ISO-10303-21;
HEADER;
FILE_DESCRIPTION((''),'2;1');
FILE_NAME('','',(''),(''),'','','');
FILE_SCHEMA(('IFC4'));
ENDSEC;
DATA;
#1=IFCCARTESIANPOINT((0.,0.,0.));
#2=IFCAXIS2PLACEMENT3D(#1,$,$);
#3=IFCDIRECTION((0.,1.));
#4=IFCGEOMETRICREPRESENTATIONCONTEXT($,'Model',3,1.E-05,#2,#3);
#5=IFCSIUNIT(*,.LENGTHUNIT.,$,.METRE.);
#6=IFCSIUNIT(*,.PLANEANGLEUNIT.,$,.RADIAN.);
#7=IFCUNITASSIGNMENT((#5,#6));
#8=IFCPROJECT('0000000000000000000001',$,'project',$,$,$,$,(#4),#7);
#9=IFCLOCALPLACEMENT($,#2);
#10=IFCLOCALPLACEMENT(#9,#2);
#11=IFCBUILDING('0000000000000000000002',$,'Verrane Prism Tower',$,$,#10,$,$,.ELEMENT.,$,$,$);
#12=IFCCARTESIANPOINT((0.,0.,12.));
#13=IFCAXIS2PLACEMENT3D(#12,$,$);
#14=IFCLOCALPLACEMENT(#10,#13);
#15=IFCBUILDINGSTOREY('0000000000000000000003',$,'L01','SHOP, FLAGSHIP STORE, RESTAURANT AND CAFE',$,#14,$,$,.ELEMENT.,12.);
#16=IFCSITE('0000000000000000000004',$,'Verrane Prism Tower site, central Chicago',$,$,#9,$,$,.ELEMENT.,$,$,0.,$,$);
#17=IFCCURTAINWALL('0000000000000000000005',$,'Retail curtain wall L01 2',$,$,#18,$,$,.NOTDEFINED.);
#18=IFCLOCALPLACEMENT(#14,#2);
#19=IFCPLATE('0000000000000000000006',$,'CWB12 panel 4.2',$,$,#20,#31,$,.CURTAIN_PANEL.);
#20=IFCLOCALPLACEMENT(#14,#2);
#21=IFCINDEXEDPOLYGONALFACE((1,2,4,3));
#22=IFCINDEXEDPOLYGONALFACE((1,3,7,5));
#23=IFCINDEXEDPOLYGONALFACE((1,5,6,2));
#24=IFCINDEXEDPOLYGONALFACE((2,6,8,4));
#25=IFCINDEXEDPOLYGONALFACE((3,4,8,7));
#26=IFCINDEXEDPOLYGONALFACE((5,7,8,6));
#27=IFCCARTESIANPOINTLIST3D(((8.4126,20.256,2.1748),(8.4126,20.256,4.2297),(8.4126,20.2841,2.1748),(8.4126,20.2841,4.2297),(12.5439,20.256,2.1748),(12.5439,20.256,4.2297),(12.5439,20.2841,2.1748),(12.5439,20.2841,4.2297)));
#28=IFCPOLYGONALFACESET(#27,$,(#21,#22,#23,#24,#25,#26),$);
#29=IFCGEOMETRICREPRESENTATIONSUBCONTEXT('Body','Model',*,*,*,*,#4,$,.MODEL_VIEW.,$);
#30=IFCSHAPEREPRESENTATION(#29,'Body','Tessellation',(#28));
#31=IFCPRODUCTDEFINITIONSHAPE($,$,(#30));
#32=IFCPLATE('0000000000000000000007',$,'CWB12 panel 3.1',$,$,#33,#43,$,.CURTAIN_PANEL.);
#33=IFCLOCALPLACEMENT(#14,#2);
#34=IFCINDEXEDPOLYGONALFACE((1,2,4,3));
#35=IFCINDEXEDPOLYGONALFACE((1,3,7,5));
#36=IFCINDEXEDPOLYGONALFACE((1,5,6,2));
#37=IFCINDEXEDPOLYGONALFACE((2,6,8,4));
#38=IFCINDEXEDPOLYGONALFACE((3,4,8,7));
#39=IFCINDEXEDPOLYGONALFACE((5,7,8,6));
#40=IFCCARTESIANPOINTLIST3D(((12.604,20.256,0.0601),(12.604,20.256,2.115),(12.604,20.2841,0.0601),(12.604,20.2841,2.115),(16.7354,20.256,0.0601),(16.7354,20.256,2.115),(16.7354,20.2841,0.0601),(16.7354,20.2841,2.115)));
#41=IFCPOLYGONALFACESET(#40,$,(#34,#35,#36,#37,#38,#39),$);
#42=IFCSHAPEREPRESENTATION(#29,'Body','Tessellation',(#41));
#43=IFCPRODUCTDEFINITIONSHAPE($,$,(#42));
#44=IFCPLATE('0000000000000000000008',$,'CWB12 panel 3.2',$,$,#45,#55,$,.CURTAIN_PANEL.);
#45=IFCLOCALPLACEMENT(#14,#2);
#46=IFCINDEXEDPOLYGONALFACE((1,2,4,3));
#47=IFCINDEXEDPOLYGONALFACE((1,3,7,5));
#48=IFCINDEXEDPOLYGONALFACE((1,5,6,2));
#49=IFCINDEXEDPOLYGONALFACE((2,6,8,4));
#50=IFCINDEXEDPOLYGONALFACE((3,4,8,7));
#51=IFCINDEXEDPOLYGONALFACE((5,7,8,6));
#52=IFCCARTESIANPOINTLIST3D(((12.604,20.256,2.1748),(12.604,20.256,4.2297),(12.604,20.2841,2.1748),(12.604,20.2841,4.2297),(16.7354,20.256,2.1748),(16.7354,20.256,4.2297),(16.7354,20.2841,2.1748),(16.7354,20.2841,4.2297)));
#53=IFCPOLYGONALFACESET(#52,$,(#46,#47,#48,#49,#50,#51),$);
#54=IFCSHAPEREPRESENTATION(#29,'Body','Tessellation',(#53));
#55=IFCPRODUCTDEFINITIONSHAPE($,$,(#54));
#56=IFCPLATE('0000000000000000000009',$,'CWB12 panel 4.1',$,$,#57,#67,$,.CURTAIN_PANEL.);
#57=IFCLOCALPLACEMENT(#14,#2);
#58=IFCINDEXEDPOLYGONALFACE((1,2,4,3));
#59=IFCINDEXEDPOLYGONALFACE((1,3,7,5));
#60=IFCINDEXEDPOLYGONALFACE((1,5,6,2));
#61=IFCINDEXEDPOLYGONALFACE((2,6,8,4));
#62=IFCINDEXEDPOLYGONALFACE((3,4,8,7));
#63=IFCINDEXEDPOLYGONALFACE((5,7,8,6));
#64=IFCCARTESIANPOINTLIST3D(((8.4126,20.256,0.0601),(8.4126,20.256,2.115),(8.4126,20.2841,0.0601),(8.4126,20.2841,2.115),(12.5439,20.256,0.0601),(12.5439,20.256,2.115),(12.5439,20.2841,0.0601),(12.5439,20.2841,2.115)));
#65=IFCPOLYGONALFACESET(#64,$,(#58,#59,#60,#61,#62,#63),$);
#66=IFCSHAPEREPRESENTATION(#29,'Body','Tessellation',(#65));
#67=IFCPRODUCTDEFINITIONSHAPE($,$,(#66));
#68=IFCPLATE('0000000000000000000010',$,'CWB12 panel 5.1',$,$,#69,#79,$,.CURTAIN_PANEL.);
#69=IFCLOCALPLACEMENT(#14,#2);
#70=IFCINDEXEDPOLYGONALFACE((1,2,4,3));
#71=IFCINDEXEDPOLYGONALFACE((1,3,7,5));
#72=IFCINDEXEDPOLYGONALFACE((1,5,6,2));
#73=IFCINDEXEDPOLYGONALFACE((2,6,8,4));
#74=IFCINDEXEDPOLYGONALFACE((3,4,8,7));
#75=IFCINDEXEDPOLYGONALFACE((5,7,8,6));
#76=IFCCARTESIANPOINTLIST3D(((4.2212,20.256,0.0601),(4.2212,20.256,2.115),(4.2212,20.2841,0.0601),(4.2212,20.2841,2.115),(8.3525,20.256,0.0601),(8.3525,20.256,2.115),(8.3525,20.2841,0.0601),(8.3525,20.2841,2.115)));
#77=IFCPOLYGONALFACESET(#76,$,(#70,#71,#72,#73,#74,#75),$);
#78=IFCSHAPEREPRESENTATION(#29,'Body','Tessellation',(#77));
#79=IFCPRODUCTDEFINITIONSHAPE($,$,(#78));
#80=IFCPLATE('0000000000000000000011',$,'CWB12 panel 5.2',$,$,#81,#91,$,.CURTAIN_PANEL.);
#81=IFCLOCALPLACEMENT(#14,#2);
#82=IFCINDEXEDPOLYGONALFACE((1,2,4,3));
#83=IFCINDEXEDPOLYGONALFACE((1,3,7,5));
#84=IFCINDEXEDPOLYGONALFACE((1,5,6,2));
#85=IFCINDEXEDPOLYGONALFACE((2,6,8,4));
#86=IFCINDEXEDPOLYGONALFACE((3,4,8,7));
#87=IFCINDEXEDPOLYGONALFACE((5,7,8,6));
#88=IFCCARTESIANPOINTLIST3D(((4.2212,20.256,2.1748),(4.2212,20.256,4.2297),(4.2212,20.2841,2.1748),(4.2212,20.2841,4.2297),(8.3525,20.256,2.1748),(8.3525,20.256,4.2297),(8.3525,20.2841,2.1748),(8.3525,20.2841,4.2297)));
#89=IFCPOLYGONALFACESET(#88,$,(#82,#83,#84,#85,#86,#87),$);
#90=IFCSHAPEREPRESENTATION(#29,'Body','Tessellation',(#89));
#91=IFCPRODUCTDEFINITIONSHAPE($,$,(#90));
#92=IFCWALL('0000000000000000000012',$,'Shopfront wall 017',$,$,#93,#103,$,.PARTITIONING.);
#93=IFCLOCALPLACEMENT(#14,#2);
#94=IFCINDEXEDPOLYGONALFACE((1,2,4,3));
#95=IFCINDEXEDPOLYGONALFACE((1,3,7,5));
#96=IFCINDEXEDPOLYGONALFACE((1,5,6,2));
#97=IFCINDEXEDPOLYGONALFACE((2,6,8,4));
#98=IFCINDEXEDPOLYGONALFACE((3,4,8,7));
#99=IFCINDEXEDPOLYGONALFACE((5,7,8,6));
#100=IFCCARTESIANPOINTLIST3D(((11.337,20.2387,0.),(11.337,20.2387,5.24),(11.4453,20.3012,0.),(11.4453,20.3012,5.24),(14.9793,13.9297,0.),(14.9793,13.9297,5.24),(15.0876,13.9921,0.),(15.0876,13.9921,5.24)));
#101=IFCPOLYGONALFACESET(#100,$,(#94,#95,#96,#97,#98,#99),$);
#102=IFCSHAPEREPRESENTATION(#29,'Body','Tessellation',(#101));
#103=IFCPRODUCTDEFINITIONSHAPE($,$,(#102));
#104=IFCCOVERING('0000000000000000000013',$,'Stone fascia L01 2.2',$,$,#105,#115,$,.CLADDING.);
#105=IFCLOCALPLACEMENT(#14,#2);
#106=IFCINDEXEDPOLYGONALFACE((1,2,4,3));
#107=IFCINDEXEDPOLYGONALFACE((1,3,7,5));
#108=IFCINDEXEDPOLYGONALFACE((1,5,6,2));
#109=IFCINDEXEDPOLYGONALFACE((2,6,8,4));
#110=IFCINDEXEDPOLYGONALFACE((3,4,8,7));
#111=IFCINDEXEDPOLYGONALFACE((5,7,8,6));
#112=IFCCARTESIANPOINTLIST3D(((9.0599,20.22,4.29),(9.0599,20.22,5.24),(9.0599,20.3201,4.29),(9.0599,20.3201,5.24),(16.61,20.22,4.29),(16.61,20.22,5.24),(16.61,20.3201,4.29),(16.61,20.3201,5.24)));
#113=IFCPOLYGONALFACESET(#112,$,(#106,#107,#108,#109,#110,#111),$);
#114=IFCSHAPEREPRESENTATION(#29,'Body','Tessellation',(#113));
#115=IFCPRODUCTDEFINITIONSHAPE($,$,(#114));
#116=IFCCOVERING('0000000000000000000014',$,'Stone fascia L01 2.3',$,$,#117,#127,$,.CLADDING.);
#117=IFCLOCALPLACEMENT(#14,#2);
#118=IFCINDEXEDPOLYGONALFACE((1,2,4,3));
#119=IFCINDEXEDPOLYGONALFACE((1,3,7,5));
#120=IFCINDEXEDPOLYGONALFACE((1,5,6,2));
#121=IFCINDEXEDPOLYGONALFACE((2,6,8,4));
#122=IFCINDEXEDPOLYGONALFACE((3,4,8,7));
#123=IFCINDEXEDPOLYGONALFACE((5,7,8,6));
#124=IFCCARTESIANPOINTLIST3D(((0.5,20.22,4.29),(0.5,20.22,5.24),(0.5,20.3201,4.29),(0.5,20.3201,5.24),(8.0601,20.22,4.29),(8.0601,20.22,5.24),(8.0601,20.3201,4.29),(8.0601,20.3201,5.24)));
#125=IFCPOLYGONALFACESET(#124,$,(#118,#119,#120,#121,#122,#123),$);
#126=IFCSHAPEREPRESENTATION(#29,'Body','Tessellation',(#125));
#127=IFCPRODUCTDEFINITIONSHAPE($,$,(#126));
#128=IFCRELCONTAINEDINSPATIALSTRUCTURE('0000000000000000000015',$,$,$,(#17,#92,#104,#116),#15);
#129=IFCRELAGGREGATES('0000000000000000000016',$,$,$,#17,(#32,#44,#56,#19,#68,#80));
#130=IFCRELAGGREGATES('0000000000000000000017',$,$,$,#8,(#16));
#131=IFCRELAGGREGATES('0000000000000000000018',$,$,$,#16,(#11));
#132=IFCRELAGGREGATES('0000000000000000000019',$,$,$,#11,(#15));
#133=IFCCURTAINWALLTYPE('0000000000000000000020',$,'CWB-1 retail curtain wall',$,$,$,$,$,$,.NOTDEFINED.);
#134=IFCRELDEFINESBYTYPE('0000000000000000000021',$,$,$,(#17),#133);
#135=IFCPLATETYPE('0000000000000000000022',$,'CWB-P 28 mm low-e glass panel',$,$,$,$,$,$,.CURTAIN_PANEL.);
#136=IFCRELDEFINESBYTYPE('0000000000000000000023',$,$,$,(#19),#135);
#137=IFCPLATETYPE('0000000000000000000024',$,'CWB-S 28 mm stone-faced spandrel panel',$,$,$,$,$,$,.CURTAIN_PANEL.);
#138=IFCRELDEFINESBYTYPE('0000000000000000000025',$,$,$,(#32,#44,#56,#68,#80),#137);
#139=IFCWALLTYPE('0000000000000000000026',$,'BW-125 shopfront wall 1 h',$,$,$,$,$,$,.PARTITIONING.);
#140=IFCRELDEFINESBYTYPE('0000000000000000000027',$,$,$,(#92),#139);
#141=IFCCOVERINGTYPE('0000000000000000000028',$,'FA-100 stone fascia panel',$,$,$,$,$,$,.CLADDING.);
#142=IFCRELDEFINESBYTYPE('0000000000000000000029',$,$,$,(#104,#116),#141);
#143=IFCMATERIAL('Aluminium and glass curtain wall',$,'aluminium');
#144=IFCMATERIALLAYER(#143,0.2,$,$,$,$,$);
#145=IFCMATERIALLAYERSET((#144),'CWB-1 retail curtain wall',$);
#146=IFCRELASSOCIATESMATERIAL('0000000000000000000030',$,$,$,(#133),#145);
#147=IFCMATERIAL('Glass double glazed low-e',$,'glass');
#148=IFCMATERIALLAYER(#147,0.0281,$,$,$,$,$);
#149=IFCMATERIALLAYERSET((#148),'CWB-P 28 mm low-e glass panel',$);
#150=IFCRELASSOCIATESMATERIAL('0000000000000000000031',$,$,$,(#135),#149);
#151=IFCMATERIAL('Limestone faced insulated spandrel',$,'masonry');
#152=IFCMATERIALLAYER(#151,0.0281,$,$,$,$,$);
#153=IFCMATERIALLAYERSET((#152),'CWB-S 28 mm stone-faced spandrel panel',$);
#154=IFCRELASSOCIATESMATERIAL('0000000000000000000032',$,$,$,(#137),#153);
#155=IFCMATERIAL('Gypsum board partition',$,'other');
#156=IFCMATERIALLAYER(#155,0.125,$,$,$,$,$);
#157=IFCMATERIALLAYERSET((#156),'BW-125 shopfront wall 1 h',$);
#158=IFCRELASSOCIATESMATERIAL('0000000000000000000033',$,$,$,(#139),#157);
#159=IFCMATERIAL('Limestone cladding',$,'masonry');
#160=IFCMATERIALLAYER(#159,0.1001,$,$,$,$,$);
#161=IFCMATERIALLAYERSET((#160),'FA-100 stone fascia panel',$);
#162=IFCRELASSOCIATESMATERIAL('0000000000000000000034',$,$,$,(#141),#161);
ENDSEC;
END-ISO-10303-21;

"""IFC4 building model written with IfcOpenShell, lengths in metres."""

from ifc_helpers import new_model, si_unit, direction, frame, frame_2d, origin, origin_2d, place, context, subcontext, project, spatial, rectangle, extrude, material, layer, layer_set, type_object, element, aggregate, save


model = new_model("IFC4")

# Units and contexts
model_context = context("Model", 3, precision=1e-05, world=origin(), true_north=direction((0.0, 1.0)))
body_context = subcontext(model_context, "Body", "Model", "MODEL_VIEW")
ifc_project = project(units=[si_unit("LENGTHUNIT", "METRE"), si_unit("PLANEANGLEUNIT", "RADIAN")], contexts=[model_context])

# Site, building, storey
site_placement = place(None, origin())
site = spatial("IfcSite", under=ifc_project, at=site_placement, Name="Verrane Prism Tower site, central Chicago", CompositionType="ELEMENT", RefElevation=0.0)
building_placement = place(site_placement, origin())
building = spatial("IfcBuilding", under=site, at=building_placement, Name="Verrane Prism Tower", CompositionType="ELEMENT")
storey_placement = place(building_placement, frame((0.0, 0.0, 12.0)))
storey = spatial("IfcBuildingStorey", under=building, at=storey_placement, Name="L01", Description="SHOP, FLAGSHIP STORE, RESTAURANT AND CAFE", CompositionType="ELEMENT", Elevation=12.0)

# Curtain wall
ifc_material_1 = material(Name="Aluminium and glass curtain wall", Category="aluminium")
ifc_layer_1 = layer(ifc_material_1, 0.2)
ifc_layer_set_1 = layer_set([ifc_layer_1], Name="CWB-1 retail curtain wall")
curtain_wall_type = type_object("IfcCurtainWallType", Name="CWB-1 retail curtain wall", PredefinedType="NOTDEFINED", material=ifc_layer_set_1)
curtain_wall_placement = place(storey_placement, origin())
curtain_wall = element("IfcCurtainWall", 1, at=curtain_wall_placement, inside=storey, type_object=curtain_wall_type, Name="Retail curtain wall L01 2", PredefinedType="NOTDEFINED")

# Plates
ifc_material_2 = material(Name="Glass double glazed low-e", Category="glass")
ifc_layer_2 = layer(ifc_material_2, 0.0281)
ifc_layer_set_2 = layer_set([ifc_layer_2], Name="CWB-P 28 mm low-e glass panel")
plate_type_1 = type_object("IfcPlateType", Name="CWB-P 28 mm low-e glass panel", PredefinedType="CURTAIN_PANEL", material=ifc_layer_set_2)
plate_1_placement = place(storey_placement, frame((10.4783, 20.27, 2.1748), z_axis=(0.0, 0.0, 1.0), x_axis=(-1.0, 0.0, 0.0)))
plate_1 = element("IfcPlate", 2, at=plate_1_placement, type_object=plate_type_1, Name="CWB12 panel 4.2", PredefinedType="CURTAIN_PANEL", context=body_context, shape_type="SweptSolid", body=[
    extrude(rectangle(XDim=4.1313, YDim=0.0281, at=origin_2d()), origin(), (0.0, 0.0, 1.0), 2.0549),
])
ifc_material_3 = material(Name="Limestone faced insulated spandrel", Category="masonry")
ifc_layer_3 = layer(ifc_material_3, 0.0281)
ifc_layer_set_3 = layer_set([ifc_layer_3], Name="CWB-S 28 mm stone-faced spandrel panel")
plate_type_2 = type_object("IfcPlateType", Name="CWB-S 28 mm stone-faced spandrel panel", PredefinedType="CURTAIN_PANEL", material=ifc_layer_set_3)
plate_2_placement = place(storey_placement, frame((14.6697, 20.27, 0.0601), z_axis=(0.0, 0.0, 1.0), x_axis=(-1.0, 0.0, 0.0)))
plate_2 = element("IfcPlate", 3, at=plate_2_placement, type_object=plate_type_2, Name="CWB12 panel 3.1", PredefinedType="CURTAIN_PANEL", context=body_context, shape_type="SweptSolid", body=[
    extrude(rectangle(XDim=4.1313, YDim=0.0281, at=origin_2d()), origin(), (0.0, 0.0, 1.0), 2.0549),
])
plate_3_placement = place(storey_placement, frame((14.6697, 20.27, 2.1748), z_axis=(0.0, 0.0, 1.0), x_axis=(-1.0, 0.0, 0.0)))
plate_3 = element("IfcPlate", 4, at=plate_3_placement, type_object=plate_type_2, Name="CWB12 panel 3.2", PredefinedType="CURTAIN_PANEL", context=body_context, shape_type="SweptSolid", body=[
    extrude(rectangle(XDim=4.1313, YDim=0.0281, at=origin_2d()), origin(), (0.0, 0.0, 1.0), 2.0549),
])
plate_4_placement = place(storey_placement, frame((10.4783, 20.27, 0.0601), z_axis=(0.0, 0.0, 1.0), x_axis=(-1.0, 0.0, 0.0)))
plate_4 = element("IfcPlate", 5, at=plate_4_placement, type_object=plate_type_2, Name="CWB12 panel 4.1", PredefinedType="CURTAIN_PANEL", context=body_context, shape_type="SweptSolid", body=[
    extrude(rectangle(XDim=4.1313, YDim=0.0281, at=origin_2d()), origin(), (0.0, 0.0, 1.0), 2.0549),
])
plate_5_placement = place(storey_placement, frame((6.2869, 20.27, 0.0601), z_axis=(0.0, 0.0, 1.0), x_axis=(-1.0, 0.0, 0.0)))
plate_5 = element("IfcPlate", 6, at=plate_5_placement, type_object=plate_type_2, Name="CWB12 panel 5.1", PredefinedType="CURTAIN_PANEL", context=body_context, shape_type="SweptSolid", body=[
    extrude(rectangle(XDim=4.1313, YDim=0.0281, at=origin_2d()), origin(), (0.0, 0.0, 1.0), 2.0549),
])
plate_6_placement = place(storey_placement, frame((6.2869, 20.27, 2.1748), z_axis=(0.0, 0.0, 1.0), x_axis=(-1.0, 0.0, 0.0)))
plate_6 = element("IfcPlate", 7, at=plate_6_placement, type_object=plate_type_2, Name="CWB12 panel 5.2", PredefinedType="CURTAIN_PANEL", context=body_context, shape_type="SweptSolid", body=[
    extrude(rectangle(XDim=4.1313, YDim=0.0281, at=origin_2d()), origin(), (0.0, 0.0, 1.0), 2.0549),
])
aggregate(curtain_wall, [plate_2, plate_3, plate_4, plate_1, plate_5, plate_6])

# Wall
ifc_material_4 = material(Name="Gypsum board partition", Category="other")
ifc_layer_4 = layer(ifc_material_4, 0.125)
ifc_layer_set_4 = layer_set([ifc_layer_4], Name="BW-125 shopfront wall 1 h")
wall_type = type_object("IfcWallType", Name="BW-125 shopfront wall 1 h", PredefinedType="PARTITIONING", material=ifc_layer_set_4)
wall_placement = place(storey_placement, frame((11.3911, 20.27, 0.0), z_axis=(0.0, 0.0, 1.0), x_axis=(0.499978, -0.866038, 0.0)))
element("IfcWall", 8, at=wall_placement, inside=storey, type_object=wall_type, Name="Shopfront wall 017", PredefinedType="PARTITIONING", context=body_context, shape_type="SweptSolid", body=[
    extrude(rectangle(XDim=7.2849, YDim=0.125, at=frame_2d((3.6426, 0.0))), origin(), (0.0, 0.0, 1.0), 5.24),
])

# Coverings
ifc_material_5 = material(Name="Limestone cladding", Category="masonry")
ifc_layer_5 = layer(ifc_material_5, 0.1001)
ifc_layer_set_5 = layer_set([ifc_layer_5], Name="FA-100 stone fascia panel")
covering_type = type_object("IfcCoveringType", Name="FA-100 stone fascia panel", PredefinedType="CLADDING", material=ifc_layer_set_5)
covering_1_placement = place(storey_placement, frame((12.835, 20.27, 4.29), z_axis=(0.0, 0.0, 1.0), x_axis=(-1.0, 0.0, 0.0)))
element("IfcCovering", 9, at=covering_1_placement, inside=storey, type_object=covering_type, Name="Stone fascia L01 2.2", PredefinedType="CLADDING", context=body_context, shape_type="SweptSolid", body=[
    extrude(rectangle(XDim=7.55, YDim=0.1001, at=origin_2d()), origin(), (0.0, 0.0, 1.0), 0.95),
])
covering_2_placement = place(storey_placement, frame((4.28, 20.27, 4.29), z_axis=(0.0, 0.0, 1.0), x_axis=(-1.0, 0.0, 0.0)))
element("IfcCovering", 10, at=covering_2_placement, inside=storey, type_object=covering_type, Name="Stone fascia L01 2.3", PredefinedType="CLADDING", context=body_context, shape_type="SweptSolid", body=[
    extrude(rectangle(XDim=7.5601, YDim=0.1001, at=origin_2d()), origin(), (0.0, 0.0, 1.0), 0.95),
])

save(model, "model.ifc")
